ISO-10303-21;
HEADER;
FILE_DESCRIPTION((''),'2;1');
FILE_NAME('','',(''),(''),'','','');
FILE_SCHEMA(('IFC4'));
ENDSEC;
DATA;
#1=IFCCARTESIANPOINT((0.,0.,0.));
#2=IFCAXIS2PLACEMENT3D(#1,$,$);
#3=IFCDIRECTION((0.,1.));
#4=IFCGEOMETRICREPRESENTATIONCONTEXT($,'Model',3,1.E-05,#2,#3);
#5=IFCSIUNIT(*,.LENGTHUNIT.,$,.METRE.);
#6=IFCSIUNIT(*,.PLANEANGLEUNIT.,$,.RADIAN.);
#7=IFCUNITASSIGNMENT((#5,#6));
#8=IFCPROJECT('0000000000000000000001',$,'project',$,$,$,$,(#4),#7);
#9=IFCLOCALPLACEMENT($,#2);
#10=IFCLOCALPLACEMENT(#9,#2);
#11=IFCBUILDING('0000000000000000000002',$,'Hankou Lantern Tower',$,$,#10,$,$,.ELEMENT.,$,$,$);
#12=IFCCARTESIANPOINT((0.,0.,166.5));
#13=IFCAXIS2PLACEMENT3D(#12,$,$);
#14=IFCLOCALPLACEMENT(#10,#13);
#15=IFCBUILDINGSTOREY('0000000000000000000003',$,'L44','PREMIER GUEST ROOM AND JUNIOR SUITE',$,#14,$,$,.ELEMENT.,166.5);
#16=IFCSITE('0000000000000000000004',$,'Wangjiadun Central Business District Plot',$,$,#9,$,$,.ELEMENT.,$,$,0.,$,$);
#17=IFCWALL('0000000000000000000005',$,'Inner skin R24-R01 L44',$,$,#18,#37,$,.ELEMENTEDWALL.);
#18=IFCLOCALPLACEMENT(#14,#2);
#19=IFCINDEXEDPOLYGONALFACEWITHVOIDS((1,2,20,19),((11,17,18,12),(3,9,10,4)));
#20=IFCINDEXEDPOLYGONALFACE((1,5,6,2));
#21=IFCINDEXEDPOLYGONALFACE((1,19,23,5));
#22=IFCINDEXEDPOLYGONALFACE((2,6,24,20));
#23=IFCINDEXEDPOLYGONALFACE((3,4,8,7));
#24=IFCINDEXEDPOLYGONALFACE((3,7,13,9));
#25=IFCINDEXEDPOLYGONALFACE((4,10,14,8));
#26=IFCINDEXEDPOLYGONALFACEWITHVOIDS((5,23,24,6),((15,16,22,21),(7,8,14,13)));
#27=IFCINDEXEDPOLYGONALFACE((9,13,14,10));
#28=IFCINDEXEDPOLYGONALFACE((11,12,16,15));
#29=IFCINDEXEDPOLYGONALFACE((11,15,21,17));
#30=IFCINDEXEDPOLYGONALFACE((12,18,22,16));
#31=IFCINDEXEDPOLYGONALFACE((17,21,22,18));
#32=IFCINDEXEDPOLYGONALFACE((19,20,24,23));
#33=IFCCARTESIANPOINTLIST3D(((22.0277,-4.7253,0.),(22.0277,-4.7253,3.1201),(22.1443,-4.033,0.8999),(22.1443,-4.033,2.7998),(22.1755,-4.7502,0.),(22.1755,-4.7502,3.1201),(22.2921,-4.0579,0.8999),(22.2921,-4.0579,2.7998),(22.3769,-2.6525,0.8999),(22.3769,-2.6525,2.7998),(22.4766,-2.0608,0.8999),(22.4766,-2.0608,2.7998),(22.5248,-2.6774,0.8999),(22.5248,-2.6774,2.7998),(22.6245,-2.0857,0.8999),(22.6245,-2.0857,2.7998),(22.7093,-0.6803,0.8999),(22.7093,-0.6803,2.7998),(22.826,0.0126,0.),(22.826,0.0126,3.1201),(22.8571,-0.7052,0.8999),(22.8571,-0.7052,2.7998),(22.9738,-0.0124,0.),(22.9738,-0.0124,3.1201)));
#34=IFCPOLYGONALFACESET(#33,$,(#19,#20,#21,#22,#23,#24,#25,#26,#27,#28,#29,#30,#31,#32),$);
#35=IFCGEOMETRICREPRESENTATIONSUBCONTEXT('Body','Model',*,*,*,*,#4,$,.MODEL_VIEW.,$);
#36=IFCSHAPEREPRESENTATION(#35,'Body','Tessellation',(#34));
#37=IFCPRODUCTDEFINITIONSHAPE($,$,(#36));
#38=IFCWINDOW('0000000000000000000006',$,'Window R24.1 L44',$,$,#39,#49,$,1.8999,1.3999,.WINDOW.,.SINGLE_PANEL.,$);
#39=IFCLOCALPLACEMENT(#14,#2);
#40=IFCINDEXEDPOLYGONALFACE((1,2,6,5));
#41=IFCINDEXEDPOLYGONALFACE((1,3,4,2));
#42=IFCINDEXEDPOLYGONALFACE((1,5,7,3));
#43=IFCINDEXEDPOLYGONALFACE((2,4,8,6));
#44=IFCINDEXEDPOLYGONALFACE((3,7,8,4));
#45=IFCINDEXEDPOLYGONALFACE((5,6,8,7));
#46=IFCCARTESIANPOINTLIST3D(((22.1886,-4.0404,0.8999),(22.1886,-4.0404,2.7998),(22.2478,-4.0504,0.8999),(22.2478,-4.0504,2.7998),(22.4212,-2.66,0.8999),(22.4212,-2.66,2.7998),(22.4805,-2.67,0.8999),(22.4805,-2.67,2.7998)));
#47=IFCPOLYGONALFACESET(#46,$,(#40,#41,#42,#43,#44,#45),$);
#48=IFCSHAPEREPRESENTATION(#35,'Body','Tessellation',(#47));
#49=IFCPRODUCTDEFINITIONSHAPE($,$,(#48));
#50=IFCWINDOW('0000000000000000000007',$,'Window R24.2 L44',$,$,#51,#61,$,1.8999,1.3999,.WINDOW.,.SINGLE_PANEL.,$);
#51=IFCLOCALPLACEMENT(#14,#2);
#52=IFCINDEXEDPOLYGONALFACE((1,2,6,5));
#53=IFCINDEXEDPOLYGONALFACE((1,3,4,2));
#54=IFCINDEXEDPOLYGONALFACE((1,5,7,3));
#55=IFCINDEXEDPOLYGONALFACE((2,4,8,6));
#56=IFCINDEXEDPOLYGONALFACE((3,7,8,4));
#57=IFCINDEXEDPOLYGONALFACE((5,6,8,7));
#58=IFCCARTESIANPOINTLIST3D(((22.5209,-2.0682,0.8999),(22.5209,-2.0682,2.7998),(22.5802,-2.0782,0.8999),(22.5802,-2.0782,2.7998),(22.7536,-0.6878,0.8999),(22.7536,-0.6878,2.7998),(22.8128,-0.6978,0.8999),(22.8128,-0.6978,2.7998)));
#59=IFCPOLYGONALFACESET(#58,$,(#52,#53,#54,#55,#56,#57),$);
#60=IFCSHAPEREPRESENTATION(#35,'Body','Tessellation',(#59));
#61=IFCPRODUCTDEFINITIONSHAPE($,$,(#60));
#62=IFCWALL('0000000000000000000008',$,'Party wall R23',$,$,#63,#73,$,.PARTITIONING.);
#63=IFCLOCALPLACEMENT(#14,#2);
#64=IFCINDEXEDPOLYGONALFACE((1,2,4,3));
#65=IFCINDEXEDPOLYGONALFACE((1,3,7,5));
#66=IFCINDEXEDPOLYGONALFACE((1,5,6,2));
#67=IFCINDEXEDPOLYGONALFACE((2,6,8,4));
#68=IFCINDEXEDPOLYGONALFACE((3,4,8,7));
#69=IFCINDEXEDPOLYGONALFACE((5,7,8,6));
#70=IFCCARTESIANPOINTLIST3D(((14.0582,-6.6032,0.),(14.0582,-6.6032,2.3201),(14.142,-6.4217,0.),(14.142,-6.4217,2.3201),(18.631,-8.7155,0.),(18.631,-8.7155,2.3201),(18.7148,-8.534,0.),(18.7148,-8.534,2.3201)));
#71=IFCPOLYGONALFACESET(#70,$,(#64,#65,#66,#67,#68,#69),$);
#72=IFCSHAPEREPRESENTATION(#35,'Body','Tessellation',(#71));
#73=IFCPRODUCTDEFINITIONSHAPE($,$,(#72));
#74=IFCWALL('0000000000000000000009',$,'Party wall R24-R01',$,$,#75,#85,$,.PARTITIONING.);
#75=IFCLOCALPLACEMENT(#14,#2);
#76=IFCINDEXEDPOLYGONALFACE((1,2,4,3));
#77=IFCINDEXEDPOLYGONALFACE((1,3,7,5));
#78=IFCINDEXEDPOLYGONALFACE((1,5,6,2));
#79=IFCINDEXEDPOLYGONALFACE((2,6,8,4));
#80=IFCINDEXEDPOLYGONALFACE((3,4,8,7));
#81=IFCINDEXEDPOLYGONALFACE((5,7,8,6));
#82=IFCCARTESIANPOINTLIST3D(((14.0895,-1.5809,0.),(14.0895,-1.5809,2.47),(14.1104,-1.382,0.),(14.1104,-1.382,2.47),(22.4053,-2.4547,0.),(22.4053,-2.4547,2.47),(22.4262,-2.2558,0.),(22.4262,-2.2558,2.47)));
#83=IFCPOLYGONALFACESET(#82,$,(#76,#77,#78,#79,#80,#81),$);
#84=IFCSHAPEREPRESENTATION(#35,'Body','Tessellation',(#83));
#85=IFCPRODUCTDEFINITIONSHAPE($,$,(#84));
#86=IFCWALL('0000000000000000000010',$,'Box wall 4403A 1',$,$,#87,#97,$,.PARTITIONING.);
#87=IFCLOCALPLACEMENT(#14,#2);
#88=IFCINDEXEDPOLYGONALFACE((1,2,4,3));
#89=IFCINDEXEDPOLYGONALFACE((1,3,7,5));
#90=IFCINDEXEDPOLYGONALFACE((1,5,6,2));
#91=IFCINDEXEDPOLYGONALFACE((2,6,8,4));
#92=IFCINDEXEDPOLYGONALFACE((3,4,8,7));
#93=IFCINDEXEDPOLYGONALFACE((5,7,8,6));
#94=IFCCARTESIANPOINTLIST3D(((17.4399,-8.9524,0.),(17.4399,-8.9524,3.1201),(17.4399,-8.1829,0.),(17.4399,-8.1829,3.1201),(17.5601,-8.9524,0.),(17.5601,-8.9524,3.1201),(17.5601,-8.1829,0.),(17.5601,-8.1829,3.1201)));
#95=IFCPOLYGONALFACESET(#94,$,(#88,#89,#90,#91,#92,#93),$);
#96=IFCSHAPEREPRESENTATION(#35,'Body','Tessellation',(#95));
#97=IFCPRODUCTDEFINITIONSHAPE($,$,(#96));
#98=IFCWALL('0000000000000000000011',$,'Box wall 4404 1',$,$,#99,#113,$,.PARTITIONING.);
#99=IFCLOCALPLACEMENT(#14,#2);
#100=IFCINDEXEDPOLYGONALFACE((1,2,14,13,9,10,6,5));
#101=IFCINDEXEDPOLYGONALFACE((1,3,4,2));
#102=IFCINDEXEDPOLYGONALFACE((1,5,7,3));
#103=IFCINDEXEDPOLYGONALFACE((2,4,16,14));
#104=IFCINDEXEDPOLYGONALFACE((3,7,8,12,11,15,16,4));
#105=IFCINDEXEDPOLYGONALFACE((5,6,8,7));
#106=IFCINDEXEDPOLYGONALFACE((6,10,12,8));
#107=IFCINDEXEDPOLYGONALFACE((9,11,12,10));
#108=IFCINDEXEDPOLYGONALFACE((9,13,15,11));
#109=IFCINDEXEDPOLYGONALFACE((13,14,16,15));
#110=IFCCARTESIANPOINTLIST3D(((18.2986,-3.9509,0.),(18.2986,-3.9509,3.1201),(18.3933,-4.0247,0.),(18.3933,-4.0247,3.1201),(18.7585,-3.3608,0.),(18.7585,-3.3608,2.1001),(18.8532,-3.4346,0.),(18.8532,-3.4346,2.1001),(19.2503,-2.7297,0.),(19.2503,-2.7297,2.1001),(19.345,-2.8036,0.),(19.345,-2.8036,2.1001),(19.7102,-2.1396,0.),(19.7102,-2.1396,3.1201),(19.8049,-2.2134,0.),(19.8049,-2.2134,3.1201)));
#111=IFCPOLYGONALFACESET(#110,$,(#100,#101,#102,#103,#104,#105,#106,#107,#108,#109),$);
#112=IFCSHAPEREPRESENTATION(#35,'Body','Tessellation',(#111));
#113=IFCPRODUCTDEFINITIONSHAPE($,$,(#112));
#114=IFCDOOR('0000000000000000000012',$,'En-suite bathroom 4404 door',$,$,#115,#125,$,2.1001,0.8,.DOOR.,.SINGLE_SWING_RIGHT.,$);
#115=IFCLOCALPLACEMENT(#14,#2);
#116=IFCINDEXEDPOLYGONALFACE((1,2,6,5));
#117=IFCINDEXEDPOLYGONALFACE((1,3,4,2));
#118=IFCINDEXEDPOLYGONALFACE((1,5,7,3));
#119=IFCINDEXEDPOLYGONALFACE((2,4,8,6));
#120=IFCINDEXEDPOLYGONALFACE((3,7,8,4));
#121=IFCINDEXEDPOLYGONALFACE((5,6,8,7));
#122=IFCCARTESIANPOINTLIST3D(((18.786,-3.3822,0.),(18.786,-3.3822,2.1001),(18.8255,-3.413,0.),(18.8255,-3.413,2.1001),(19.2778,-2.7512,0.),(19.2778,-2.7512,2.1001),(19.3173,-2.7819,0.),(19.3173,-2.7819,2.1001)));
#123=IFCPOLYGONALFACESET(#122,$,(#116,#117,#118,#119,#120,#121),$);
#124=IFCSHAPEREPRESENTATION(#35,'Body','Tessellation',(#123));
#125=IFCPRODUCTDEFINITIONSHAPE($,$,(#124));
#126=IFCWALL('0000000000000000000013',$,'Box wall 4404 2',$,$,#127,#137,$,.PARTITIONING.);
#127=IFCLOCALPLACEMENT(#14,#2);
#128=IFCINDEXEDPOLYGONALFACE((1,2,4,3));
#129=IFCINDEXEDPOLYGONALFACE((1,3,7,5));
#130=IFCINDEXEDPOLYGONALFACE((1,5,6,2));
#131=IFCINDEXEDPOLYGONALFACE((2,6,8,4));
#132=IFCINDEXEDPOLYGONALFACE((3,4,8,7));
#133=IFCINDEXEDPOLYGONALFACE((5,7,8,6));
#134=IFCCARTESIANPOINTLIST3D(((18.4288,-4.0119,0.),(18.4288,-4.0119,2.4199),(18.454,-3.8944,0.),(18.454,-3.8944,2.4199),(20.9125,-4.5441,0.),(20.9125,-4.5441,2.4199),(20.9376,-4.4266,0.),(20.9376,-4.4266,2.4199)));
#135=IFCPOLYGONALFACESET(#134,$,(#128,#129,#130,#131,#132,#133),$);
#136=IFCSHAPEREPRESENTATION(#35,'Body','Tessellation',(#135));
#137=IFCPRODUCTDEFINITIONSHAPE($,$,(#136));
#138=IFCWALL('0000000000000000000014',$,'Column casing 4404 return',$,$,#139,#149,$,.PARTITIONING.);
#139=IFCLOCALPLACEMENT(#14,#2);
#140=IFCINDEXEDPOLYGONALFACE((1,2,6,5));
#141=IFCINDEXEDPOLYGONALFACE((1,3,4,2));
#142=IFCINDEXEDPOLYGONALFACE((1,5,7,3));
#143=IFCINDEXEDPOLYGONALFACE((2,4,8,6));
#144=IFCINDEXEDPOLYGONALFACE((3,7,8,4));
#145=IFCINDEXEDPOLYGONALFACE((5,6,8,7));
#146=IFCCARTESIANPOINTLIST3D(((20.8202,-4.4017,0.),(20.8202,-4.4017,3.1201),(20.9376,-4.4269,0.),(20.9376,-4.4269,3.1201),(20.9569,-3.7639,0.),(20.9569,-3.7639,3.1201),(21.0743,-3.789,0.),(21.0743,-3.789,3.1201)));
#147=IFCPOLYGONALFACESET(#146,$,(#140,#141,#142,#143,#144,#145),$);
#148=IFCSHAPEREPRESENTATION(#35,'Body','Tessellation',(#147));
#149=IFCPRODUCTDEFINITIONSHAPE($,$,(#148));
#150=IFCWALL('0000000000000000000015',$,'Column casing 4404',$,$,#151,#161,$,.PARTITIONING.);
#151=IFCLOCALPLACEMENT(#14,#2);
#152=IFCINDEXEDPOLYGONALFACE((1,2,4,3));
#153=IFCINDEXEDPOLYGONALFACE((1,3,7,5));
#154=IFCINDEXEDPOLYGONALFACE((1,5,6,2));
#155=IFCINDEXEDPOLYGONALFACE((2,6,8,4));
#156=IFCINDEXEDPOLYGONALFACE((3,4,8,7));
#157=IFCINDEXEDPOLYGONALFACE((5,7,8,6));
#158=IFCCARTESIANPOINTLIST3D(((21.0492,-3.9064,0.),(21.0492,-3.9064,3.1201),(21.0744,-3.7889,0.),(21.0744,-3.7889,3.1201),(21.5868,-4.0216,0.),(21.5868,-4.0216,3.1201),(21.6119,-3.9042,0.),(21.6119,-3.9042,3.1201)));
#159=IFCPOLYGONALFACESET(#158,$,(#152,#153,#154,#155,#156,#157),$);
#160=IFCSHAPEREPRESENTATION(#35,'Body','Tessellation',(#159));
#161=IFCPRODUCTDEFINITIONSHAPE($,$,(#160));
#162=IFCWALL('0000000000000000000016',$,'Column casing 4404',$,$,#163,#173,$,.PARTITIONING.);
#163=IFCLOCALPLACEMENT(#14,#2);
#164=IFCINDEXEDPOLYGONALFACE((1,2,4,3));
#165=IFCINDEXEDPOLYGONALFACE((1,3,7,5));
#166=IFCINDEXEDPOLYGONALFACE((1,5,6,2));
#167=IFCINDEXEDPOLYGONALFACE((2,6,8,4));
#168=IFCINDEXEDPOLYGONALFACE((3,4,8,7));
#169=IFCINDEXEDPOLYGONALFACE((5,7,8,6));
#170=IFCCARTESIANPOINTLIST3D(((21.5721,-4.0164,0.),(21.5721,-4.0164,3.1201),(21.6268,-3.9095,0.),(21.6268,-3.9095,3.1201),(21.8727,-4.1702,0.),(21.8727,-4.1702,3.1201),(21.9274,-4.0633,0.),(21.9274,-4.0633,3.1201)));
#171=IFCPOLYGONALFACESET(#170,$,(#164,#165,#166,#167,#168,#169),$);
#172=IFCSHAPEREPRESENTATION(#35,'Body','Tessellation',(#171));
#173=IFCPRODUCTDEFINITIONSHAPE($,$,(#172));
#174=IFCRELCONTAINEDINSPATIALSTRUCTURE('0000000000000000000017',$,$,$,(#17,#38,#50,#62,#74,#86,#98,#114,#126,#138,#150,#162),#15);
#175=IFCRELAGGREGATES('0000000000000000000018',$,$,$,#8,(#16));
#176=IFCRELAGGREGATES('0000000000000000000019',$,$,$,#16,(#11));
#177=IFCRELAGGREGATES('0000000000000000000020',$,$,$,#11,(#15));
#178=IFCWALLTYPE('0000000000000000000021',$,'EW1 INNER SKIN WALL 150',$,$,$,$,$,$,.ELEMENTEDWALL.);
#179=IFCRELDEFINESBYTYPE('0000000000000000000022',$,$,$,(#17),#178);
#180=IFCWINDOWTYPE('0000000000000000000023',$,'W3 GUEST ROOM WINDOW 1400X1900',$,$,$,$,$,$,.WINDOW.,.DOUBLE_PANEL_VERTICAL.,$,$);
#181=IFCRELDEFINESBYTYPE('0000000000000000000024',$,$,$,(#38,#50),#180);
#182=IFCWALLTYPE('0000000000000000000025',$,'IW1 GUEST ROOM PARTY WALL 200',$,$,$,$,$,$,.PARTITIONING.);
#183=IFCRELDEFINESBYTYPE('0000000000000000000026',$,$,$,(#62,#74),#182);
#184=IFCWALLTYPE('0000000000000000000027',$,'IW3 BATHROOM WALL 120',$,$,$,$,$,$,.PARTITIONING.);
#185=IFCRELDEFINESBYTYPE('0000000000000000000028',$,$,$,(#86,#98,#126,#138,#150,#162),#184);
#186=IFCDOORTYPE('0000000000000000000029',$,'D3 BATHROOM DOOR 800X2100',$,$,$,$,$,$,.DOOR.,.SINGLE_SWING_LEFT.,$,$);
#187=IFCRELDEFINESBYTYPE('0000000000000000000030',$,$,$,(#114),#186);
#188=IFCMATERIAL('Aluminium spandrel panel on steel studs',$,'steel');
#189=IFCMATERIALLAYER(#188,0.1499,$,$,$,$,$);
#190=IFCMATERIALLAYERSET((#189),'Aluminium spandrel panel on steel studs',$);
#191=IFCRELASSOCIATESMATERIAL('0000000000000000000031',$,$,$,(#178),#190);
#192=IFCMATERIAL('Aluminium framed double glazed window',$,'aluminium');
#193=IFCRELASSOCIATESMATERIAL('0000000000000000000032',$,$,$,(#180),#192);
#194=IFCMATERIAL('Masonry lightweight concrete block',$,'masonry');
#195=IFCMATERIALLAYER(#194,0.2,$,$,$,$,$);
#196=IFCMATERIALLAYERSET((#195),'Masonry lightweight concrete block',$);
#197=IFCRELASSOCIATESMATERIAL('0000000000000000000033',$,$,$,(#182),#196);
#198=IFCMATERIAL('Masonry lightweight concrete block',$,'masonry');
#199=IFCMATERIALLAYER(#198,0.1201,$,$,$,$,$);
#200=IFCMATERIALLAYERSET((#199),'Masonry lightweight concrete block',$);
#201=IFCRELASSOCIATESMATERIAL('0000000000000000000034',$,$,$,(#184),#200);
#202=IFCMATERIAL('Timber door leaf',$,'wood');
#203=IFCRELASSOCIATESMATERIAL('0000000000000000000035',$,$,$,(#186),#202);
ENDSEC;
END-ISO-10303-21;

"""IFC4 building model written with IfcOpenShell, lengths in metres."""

from ifc_helpers import new_model, si_unit, direction, frame, frame_2d, origin, place, context, subcontext, project, spatial, rectangle, extrude, material, layer, layer_set, type_object, element, fill, save


model = new_model("IFC4")

# Units and contexts
model_context = context("Model", 3, precision=1e-05, world=origin(), true_north=direction((0.0, 1.0)))
body_context = subcontext(model_context, "Body", "Model", "MODEL_VIEW")
ifc_project = project(units=[si_unit("LENGTHUNIT", "METRE"), si_unit("PLANEANGLEUNIT", "RADIAN")], contexts=[model_context])

# Site, building, storey
site_placement = place(None, origin())
site = spatial("IfcSite", under=ifc_project, at=site_placement, Name="Wangjiadun Central Business District Plot", CompositionType="ELEMENT", RefElevation=0.0)
building_placement = place(site_placement, origin())
building = spatial("IfcBuilding", under=site, at=building_placement, Name="Hankou Lantern Tower", CompositionType="ELEMENT")
storey_placement = place(building_placement, frame((0.0, 0.0, 166.5)))
storey = spatial("IfcBuildingStorey", under=building, at=storey_placement, Name="L44", Description="PREMIER GUEST ROOM AND JUNIOR SUITE", CompositionType="ELEMENT", Elevation=166.5)

# Wall, openings, windows
ifc_material_1 = material(Name="Aluminium spandrel panel on steel studs", Category="steel")
ifc_layer_1 = layer(ifc_material_1, 0.1499)
ifc_layer_set_1 = layer_set([ifc_layer_1], Name="Aluminium spandrel panel on steel studs")
wall_type_1 = type_object("IfcWallType", Name="EW1 INNER SKIN WALL 150", PredefinedType="ELEMENTEDWALL", material=ifc_layer_set_1)
wall_1_placement = place(storey_placement, frame((22.1016, -4.7378, 0.0), z_axis=(0.0, 0.0, 1.0), x_axis=(0.166162, 0.986098, 0.0)))
wall_1 = element("IfcWall", 1, at=wall_1_placement, inside=storey, type_object=wall_type_1, Name="Inner skin R24-R01 L44", PredefinedType="ELEMENTEDWALL", context=body_context, shape_type="SweptSolid", body=[
    extrude(rectangle(XDim=4.8047, YDim=0.1499, at=frame_2d((2.4023, 0.0))), origin(), (0.0, 0.0, 1.0), 3.1201),
])
opening_1_placement = place(wall_1_placement, frame((0.7021, 0.0, 0.8999)))
opening_1 = element("IfcOpeningElement", 2, at=opening_1_placement, cuts=wall_1, PredefinedType="OPENING", context=body_context, shape_type="SweptSolid", body=[
    extrude(rectangle(XDim=1.3999, YDim=1.8999, at=frame_2d((0.7, 0.95))), frame((0.0, 0.085, 0.0), z_axis=(0.0, -1.0, 0.0), x_axis=(1.0, 0.0, 0.0)), (0.0, 0.0, 1.0), 0.1699),
])
opening_2_placement = place(wall_1_placement, frame((2.7021, 0.0, 0.8999)))
opening_2 = element("IfcOpeningElement", 3, at=opening_2_placement, cuts=wall_1, PredefinedType="OPENING", context=body_context, shape_type="SweptSolid", body=[
    extrude(rectangle(XDim=1.3999, YDim=1.8999, at=frame_2d((0.7, 0.95))), frame((0.0, 0.085, 0.0), z_axis=(0.0, -1.0, 0.0), x_axis=(1.0, 0.0, 0.0)), (0.0, 0.0, 1.0), 0.1699),
])
ifc_material_2 = material(Name="Aluminium framed double glazed window", Category="aluminium")
window_type = type_object("IfcWindowType", Name="W3 GUEST ROOM WINDOW 1400X1900", PartitioningType="DOUBLE_PANEL_VERTICAL", PredefinedType="WINDOW", material=ifc_material_2)
window_1_placement = place(opening_1_placement, origin())
window_1 = element("IfcWindow", 4, at=window_1_placement, inside=storey, type_object=window_type, Name="Window R24.1 L44", OverallHeight=1.8999, OverallWidth=1.3999, PartitioningType="SINGLE_PANEL", PredefinedType="WINDOW", context=body_context, shape_type="SweptSolid", body=[
    extrude(rectangle(XDim=1.3999, YDim=1.8999, at=frame_2d((0.7, 0.95))), frame((0.0, 0.03, 0.0), z_axis=(0.0, -1.0, 0.0), x_axis=(1.0, 0.0, 0.0)), (0.0, 0.0, 1.0), 0.0601),
])
fill(opening_1, window_1)
window_2_placement = place(opening_2_placement, origin())
window_2 = element("IfcWindow", 5, at=window_2_placement, inside=storey, type_object=window_type, Name="Window R24.2 L44", OverallHeight=1.8999, OverallWidth=1.3999, PartitioningType="SINGLE_PANEL", PredefinedType="WINDOW", context=body_context, shape_type="SweptSolid", body=[
    extrude(rectangle(XDim=1.3999, YDim=1.8999, at=frame_2d((0.7, 0.95))), frame((0.0, 0.03, 0.0), z_axis=(0.0, -1.0, 0.0), x_axis=(1.0, 0.0, 0.0)), (0.0, 0.0, 1.0), 0.0601),
])
fill(opening_2, window_2)

# Walls
ifc_material_3 = material(Name="Masonry lightweight concrete block", Category="masonry")
ifc_layer_2 = layer(ifc_material_3, 0.2)
ifc_layer_set_2 = layer_set([ifc_layer_2], Name="Masonry lightweight concrete block")
wall_type_2 = type_object("IfcWallType", Name="IW1 GUEST ROOM PARTY WALL 200", PredefinedType="PARTITIONING", material=ifc_layer_set_2)
wall_2_placement = place(storey_placement, frame((14.1001, -6.5125, 0.0), z_axis=(0.0, 0.0, 1.0), x_axis=(0.907823, -0.419353, 0.0)))
element("IfcWall", 6, at=wall_2_placement, inside=storey, type_object=wall_type_2, Name="Party wall R23", PredefinedType="PARTITIONING", context=body_context, shape_type="SweptSolid", body=[
    extrude(rectangle(XDim=5.0371, YDim=0.2, at=frame_2d((2.5186, 0.0))), origin(), (0.0, 0.0, 1.0), 2.3201),
])
wall_3_placement = place(storey_placement, frame((14.1001, -1.4814, 0.0), z_axis=(0.0, 0.0, 1.0), x_axis=(0.994525, -0.104501, 0.0)))
element("IfcWall", 7, at=wall_3_placement, inside=storey, type_object=wall_type_2, Name="Party wall R24-R01", PredefinedType="PARTITIONING", context=body_context, shape_type="SweptSolid", body=[
    extrude(rectangle(XDim=8.3616, YDim=0.2, at=frame_2d((4.1807, 0.0))), origin(), (0.0, 0.0, 1.0), 2.47),
])
ifc_material_4 = material(Name="Masonry lightweight concrete block", Category="masonry")
ifc_layer_3 = layer(ifc_material_4, 0.1201)
ifc_layer_set_3 = layer_set([ifc_layer_3], Name="Masonry lightweight concrete block")
wall_type_3 = type_object("IfcWallType", Name="IW3 BATHROOM WALL 120", PredefinedType="PARTITIONING", material=ifc_layer_set_3)
wall_4_placement = place(storey_placement, frame((17.5, -8.1829, 0.0), z_axis=(0.0, 0.0, 1.0), x_axis=(0.0, -1.0, 0.0)))
element("IfcWall", 8, at=wall_4_placement, inside=storey, type_object=wall_type_3, Name="Box wall 4403A 1", PredefinedType="PARTITIONING", context=body_context, shape_type="SweptSolid", body=[
    extrude(rectangle(XDim=0.7695, YDim=0.1201, at=frame_2d((0.3848, 0.0))), origin(), (0.0, 0.0, 1.0), 3.1201),
])

# Wall, opening, door
wall_5_placement = place(storey_placement, frame((19.7576, -2.1765, 0.0), z_axis=(0.0, 0.0, 1.0), x_axis=(-0.614713, -0.788751, 0.0)))
wall_5 = element("IfcWall", 9, at=wall_5_placement, inside=storey, type_object=wall_type_3, Name="Box wall 4404 1", PredefinedType="PARTITIONING", context=body_context, shape_type="SweptSolid", body=[
    extrude(rectangle(XDim=2.2964, YDim=0.1201, at=frame_2d((1.1482, 0.0))), origin(), (0.0, 0.0, 1.0), 3.1201),
])
opening_3_placement = place(wall_5_placement, frame((0.7483, 0.0, 0.0)))
opening_3 = element("IfcOpeningElement", 10, at=opening_3_placement, cuts=wall_5, PredefinedType="OPENING", context=body_context, shape_type="SweptSolid", body=[
    extrude(rectangle(XDim=0.8, YDim=2.1001, at=frame_2d((0.3999, 1.05))), frame((0.0, 0.0701, 0.0), z_axis=(0.0, -1.0, 0.0), x_axis=(1.0, 0.0, 0.0)), (0.0, 0.0, 1.0), 0.1401),
])
ifc_material_5 = material(Name="Timber door leaf", Category="wood")
door_type = type_object("IfcDoorType", Name="D3 BATHROOM DOOR 800X2100", OperationType="SINGLE_SWING_LEFT", PredefinedType="DOOR", material=ifc_material_5)
door_1_placement = place(opening_3_placement, origin())
door_1 = element("IfcDoor", 11, at=door_1_placement, inside=storey, type_object=door_type, Name="En-suite bathroom 4404 door", OperationType="SINGLE_SWING_RIGHT", OverallHeight=2.1001, OverallWidth=0.8, PredefinedType="DOOR", context=body_context, shape_type="SweptSolid", body=[
    extrude(rectangle(XDim=0.8, YDim=2.1001, at=frame_2d((0.3999, 1.05))), frame((0.0, 0.0249, 0.0), z_axis=(0.0, -1.0, 0.0), x_axis=(1.0, 0.0, 0.0)), (0.0, 0.0, 1.0), 0.05),
])
fill(opening_3, door_1)

# Walls
wall_6_placement = place(storey_placement, frame((18.4414, -3.9531, 0.0), z_axis=(0.0, 0.0, 1.0), x_axis=(0.977801, -0.209536, 0.0)))
element("IfcWall", 12, at=wall_6_placement, inside=storey, type_object=wall_type_3, Name="Box wall 4404 2", PredefinedType="PARTITIONING", context=body_context, shape_type="SweptSolid", body=[
    extrude(rectangle(XDim=2.54, YDim=0.1201, at=frame_2d((1.27, 0.0))), origin(), (0.0, 0.0, 1.0), 2.4199),
])
wall_7_placement = place(storey_placement, frame((20.8789, -4.4143, 0.0), z_axis=(0.0, 0.0, 1.0), x_axis=(0.209555, 0.977797, 0.0)))
element("IfcWall", 13, at=wall_7_placement, inside=storey, type_object=wall_type_3, Name="Column casing 4404 return", PredefinedType="PARTITIONING", context=body_context, shape_type="SweptSolid", body=[
    extrude(rectangle(XDim=0.6523, YDim=0.1201, at=frame_2d((0.3262, 0.0))), origin(), (0.0, 0.0, 1.0), 3.1201),
])
wall_8_placement = place(storey_placement, frame((21.0618, -3.8477, 0.0), z_axis=(0.0, 0.0, 1.0), x_axis=(0.977789, -0.20959, 0.0)))
element("IfcWall", 14, at=wall_8_placement, inside=storey, type_object=wall_type_3, Name="Column casing 4404", PredefinedType="PARTITIONING", context=body_context, shape_type="SweptSolid", body=[
    extrude(rectangle(XDim=0.5498, YDim=0.1201, at=frame_2d((0.2749, 0.0))), origin(), (0.0, 0.0, 1.0), 3.1201),
])
wall_9_placement = place(storey_placement, frame((21.5994, -3.9629, 0.0), z_axis=(0.0, 0.0, 1.0), x_axis=(0.890194, -0.455582, 0.0)))
element("IfcWall", 15, at=wall_9_placement, inside=storey, type_object=wall_type_3, Name="Column casing 4404", PredefinedType="PARTITIONING", context=body_context, shape_type="SweptSolid", body=[
    extrude(rectangle(XDim=0.3376, YDim=0.1201, at=frame_2d((0.1689, 0.0))), origin(), (0.0, 0.0, 1.0), 3.1201),
])

save(model, "model.ifc")
